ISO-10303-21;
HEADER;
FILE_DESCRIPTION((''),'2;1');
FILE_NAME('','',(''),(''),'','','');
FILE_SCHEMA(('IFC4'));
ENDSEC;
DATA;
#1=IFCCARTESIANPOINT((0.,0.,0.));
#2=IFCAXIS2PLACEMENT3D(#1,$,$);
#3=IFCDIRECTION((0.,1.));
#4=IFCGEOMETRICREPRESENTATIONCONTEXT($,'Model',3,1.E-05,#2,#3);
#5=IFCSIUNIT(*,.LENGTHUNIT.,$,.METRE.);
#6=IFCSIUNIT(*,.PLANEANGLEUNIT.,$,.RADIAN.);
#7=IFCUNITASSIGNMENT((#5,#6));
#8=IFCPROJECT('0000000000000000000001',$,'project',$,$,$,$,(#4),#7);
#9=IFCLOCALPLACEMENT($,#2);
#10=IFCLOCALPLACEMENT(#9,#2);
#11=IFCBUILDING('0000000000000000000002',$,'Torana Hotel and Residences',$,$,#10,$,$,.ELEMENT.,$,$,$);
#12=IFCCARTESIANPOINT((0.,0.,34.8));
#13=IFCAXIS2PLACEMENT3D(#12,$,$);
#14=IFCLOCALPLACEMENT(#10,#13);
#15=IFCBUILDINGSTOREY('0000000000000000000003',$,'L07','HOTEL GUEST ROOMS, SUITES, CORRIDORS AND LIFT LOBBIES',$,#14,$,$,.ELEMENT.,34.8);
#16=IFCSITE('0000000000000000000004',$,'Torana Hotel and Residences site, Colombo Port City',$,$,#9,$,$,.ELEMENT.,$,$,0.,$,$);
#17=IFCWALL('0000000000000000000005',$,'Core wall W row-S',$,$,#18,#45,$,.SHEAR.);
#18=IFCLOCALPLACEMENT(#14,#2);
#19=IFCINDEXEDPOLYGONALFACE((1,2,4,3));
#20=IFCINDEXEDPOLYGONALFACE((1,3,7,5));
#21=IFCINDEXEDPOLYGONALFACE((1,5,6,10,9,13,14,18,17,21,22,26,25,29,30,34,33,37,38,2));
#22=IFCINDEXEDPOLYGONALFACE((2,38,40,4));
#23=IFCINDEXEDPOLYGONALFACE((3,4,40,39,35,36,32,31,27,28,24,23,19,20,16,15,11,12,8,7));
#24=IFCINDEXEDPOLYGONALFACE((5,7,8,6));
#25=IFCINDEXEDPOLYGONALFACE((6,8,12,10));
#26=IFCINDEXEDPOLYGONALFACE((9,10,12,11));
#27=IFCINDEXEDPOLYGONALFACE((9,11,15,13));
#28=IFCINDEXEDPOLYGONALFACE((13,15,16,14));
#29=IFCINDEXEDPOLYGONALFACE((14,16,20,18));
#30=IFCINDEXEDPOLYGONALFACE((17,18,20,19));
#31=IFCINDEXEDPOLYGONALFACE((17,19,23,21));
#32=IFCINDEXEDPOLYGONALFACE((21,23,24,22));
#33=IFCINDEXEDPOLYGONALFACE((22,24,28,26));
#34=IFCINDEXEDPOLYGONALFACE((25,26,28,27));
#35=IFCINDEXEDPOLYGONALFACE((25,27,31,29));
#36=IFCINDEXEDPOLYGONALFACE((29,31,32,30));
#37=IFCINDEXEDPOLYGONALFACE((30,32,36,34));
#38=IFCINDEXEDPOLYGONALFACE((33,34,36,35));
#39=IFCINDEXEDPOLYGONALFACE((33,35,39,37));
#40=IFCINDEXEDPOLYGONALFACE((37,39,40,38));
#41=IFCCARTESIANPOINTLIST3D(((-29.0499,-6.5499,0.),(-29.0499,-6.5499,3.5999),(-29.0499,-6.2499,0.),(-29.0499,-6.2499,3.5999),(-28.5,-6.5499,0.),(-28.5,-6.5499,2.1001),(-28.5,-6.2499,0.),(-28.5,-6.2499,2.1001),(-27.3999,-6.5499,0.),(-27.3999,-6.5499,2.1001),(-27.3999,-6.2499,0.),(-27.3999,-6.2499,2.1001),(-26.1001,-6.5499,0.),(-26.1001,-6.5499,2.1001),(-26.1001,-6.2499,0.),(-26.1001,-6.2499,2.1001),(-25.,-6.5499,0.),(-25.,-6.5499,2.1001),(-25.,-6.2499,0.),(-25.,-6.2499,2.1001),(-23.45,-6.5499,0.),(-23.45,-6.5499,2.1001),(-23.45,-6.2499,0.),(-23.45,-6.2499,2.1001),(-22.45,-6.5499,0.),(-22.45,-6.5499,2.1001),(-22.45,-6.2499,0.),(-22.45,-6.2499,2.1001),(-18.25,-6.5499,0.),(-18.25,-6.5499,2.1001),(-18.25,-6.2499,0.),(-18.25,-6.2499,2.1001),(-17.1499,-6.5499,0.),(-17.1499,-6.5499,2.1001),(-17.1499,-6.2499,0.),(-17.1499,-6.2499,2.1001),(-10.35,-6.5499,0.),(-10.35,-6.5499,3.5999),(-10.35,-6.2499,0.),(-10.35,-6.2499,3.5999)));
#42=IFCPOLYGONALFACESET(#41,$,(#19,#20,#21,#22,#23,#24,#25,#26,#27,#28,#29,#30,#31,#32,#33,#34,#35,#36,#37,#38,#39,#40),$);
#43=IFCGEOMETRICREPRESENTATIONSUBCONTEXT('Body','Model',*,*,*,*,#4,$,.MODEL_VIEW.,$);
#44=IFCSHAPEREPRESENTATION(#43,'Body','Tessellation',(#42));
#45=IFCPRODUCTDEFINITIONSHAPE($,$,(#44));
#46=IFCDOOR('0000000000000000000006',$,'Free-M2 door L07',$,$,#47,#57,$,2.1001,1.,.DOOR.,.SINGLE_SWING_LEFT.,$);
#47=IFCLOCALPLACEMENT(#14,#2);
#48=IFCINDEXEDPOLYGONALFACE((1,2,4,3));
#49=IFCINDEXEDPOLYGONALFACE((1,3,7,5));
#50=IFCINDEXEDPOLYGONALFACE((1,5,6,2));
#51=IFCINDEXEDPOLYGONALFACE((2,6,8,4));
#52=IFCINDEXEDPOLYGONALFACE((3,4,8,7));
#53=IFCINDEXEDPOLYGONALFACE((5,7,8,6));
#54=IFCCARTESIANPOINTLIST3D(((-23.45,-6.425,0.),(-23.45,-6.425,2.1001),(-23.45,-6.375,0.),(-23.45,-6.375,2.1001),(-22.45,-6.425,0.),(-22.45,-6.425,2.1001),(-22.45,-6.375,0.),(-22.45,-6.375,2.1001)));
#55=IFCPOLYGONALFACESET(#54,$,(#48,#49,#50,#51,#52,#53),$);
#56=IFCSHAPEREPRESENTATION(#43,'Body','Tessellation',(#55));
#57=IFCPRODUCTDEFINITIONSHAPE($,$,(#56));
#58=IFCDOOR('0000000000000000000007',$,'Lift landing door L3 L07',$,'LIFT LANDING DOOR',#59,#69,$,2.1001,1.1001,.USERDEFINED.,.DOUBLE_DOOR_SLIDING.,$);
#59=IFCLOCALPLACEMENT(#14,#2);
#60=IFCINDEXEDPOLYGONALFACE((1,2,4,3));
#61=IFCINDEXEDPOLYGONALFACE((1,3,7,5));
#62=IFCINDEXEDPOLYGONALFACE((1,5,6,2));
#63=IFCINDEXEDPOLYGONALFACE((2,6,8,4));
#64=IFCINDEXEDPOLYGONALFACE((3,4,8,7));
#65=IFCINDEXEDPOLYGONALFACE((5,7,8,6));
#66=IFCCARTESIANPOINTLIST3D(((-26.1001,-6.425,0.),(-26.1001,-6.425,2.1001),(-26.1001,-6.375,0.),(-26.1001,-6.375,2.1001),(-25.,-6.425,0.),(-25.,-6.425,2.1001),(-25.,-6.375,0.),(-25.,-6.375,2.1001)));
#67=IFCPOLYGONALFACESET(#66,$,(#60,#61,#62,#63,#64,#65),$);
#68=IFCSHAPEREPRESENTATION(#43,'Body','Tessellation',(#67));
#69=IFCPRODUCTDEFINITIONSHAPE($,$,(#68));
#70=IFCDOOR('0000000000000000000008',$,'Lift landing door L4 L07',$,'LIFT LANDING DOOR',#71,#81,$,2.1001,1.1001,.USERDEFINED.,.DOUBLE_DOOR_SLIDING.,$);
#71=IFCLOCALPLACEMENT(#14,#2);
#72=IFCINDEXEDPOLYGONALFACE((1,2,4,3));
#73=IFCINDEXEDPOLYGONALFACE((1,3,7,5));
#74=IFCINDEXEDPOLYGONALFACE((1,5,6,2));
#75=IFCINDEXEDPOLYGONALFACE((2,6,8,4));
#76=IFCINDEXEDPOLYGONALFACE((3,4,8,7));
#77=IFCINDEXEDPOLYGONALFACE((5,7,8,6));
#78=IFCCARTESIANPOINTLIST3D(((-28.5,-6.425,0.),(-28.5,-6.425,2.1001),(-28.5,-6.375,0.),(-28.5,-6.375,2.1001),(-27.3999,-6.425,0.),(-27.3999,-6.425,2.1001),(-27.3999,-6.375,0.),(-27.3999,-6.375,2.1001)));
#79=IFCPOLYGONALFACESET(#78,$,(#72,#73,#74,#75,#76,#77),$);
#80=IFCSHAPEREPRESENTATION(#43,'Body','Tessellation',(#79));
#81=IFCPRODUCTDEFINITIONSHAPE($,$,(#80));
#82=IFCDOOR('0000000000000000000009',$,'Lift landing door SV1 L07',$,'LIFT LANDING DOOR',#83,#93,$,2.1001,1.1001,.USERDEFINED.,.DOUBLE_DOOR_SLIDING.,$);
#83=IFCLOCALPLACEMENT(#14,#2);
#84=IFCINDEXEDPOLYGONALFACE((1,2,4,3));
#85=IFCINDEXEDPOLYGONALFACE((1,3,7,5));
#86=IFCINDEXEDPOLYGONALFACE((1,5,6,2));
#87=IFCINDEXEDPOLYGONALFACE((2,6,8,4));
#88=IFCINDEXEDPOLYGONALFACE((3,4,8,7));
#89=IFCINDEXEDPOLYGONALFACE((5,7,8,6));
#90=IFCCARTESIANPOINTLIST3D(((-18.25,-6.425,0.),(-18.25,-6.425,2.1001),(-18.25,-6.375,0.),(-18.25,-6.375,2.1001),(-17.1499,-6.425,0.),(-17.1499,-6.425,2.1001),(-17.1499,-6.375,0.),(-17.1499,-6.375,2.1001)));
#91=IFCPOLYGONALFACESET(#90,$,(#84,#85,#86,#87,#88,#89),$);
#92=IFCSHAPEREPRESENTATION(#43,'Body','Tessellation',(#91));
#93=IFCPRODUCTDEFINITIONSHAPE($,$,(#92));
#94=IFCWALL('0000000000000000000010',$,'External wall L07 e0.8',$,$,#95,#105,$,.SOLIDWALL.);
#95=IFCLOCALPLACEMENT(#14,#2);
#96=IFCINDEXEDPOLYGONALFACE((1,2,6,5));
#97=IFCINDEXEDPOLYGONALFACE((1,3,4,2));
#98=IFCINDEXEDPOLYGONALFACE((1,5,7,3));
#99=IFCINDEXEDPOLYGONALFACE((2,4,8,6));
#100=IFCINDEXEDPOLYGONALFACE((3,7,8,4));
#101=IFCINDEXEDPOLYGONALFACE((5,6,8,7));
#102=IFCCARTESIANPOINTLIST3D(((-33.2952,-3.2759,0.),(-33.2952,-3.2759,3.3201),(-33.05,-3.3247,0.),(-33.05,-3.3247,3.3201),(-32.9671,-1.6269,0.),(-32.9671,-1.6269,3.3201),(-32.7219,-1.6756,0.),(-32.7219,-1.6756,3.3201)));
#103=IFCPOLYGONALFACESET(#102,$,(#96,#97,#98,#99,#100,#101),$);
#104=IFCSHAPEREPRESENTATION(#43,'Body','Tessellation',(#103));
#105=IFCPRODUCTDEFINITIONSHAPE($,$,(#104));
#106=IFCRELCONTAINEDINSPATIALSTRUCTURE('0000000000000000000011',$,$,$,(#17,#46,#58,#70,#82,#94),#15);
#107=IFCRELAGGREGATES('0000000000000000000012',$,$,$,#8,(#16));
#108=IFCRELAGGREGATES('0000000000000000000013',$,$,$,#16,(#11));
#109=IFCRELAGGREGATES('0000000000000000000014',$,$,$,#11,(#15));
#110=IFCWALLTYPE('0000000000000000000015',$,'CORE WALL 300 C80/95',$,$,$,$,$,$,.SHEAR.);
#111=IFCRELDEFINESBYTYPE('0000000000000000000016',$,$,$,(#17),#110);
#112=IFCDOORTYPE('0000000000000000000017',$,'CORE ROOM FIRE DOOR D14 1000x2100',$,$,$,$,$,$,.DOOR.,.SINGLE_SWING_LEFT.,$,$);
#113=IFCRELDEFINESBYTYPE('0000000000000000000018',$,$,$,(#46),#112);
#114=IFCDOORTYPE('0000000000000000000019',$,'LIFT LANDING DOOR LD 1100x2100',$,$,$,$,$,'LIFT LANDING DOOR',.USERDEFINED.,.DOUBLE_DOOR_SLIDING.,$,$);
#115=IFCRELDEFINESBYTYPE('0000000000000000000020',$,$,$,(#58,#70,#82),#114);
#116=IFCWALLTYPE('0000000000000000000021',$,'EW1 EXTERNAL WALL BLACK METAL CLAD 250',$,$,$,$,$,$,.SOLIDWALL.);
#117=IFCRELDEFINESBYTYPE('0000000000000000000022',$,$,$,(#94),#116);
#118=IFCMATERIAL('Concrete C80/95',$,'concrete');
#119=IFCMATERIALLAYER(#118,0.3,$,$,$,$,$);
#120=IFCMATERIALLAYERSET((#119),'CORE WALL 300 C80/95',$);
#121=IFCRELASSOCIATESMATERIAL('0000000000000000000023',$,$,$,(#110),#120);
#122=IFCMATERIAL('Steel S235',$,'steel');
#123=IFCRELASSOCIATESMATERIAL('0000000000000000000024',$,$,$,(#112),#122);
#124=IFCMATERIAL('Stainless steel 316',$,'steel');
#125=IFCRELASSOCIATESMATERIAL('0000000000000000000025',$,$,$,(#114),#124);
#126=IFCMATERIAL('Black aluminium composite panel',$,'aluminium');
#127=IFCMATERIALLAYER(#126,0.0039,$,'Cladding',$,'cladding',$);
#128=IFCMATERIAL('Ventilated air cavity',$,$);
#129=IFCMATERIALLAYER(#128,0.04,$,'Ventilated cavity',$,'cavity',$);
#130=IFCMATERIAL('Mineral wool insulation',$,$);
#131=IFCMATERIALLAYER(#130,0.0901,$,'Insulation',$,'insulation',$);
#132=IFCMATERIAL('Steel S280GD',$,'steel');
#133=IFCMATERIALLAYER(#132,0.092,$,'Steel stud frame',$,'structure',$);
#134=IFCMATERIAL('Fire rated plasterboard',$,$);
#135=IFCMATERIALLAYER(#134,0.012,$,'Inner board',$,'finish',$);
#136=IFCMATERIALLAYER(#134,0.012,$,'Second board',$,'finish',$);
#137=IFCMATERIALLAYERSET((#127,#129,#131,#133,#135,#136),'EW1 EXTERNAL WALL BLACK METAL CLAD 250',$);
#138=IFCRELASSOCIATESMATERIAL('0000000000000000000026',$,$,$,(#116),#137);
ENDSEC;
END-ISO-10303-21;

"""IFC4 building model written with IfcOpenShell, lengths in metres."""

from ifc_helpers import new_model, si_unit, direction, frame, frame_2d, origin, place, context, subcontext, project, spatial, rectangle, extrude, material, layer, layer_set, type_object, element, fill, save


model = new_model("IFC4")

# Units and contexts
model_context = context("Model", 3, precision=1e-05, world=origin(), true_north=direction((0.0, 1.0)))
body_context = subcontext(model_context, "Body", "Model", "MODEL_VIEW")
ifc_project = project(units=[si_unit("LENGTHUNIT", "METRE"), si_unit("PLANEANGLEUNIT", "RADIAN")], contexts=[model_context])

# Site, building, storey
site_placement = place(None, origin())
site = spatial("IfcSite", under=ifc_project, at=site_placement, Name="Torana Hotel and Residences site, Colombo Port City", CompositionType="ELEMENT", RefElevation=0.0)
building_placement = place(site_placement, origin())
building = spatial("IfcBuilding", under=site, at=building_placement, Name="Torana Hotel and Residences", CompositionType="ELEMENT")
storey_placement = place(building_placement, frame((0.0, 0.0, 34.8)))
storey = spatial("IfcBuildingStorey", under=building, at=storey_placement, Name="L07", Description="HOTEL GUEST ROOMS, SUITES, CORRIDORS AND LIFT LOBBIES", CompositionType="ELEMENT", Elevation=34.8)

# Wall, openings, doors
ifc_material_1 = material(Name="Concrete C80/95", Category="concrete")
ifc_layer_1 = layer(ifc_material_1, 0.3)
ifc_layer_set_1 = layer_set([ifc_layer_1], Name="CORE WALL 300 C80/95")
wall_type_1 = type_object("IfcWallType", Name="CORE WALL 300 C80/95", PredefinedType="SHEAR", material=ifc_layer_set_1)
ifc_material_2 = material(Name="Steel S235", Category="steel")
door_type_1 = type_object("IfcDoorType", Name="CORE ROOM FIRE DOOR D14 1000x2100", OperationType="SINGLE_SWING_LEFT", PredefinedType="DOOR", material=ifc_material_2)
ifc_material_3 = material(Name="Stainless steel 316", Category="steel")
door_type_2 = type_object("IfcDoorType", Name="LIFT LANDING DOOR LD 1100x2100", ElementType="LIFT LANDING DOOR", OperationType="DOUBLE_DOOR_SLIDING", PredefinedType="USERDEFINED", material=ifc_material_3)
wall_1_placement = place(storey_placement, frame((-29.05, -6.3999, 0.0), z_axis=(0.0, 0.0, 1.0), x_axis=(1.0, 0.0, 0.0)))
wall_1 = element("IfcWall", 1, at=wall_1_placement, inside=storey, type_object=wall_type_1, Name="Core wall W row-S", PredefinedType="SHEAR", context=body_context, shape_type="SweptSolid", body=[
    extrude(rectangle(XDim=18.7, YDim=0.3, at=frame_2d((9.3501, 0.0))), origin(), (0.0, 0.0, 1.0), 3.5999),
])
opening_1_placement = place(wall_1_placement, frame((2.95, 0.0, 0.0)))
opening_1 = element("IfcOpeningElement", 2, at=opening_1_placement, cuts=wall_1, PredefinedType="OPENING", context=body_context, shape_type="SweptSolid", body=[
    extrude(rectangle(XDim=1.1001, YDim=2.1001, at=frame_2d((0.55, 1.05))), frame((0.0, 0.1599, 0.0), z_axis=(0.0, -1.0, 0.0), x_axis=(1.0, 0.0, 0.0)), (0.0, 0.0, 1.0), 0.3201),
])
opening_2_placement = place(wall_1_placement, frame((0.55, 0.0, 0.0)))
opening_2 = element("IfcOpeningElement", 3, at=opening_2_placement, cuts=wall_1, PredefinedType="OPENING", context=body_context, shape_type="SweptSolid", body=[
    extrude(rectangle(XDim=1.1001, YDim=2.1001, at=frame_2d((0.55, 1.05))), frame((0.0, 0.1599, 0.0), z_axis=(0.0, -1.0, 0.0), x_axis=(1.0, 0.0, 0.0)), (0.0, 0.0, 1.0), 0.3201),
])
opening_3_placement = place(wall_1_placement, frame((10.8, 0.0, 0.0)))
opening_3 = element("IfcOpeningElement", 4, at=opening_3_placement, cuts=wall_1, PredefinedType="OPENING", context=body_context, shape_type="SweptSolid", body=[
    extrude(rectangle(XDim=1.1001, YDim=2.1001, at=frame_2d((0.55, 1.05))), frame((0.0, 0.1599, 0.0), z_axis=(0.0, -1.0, 0.0), x_axis=(1.0, 0.0, 0.0)), (0.0, 0.0, 1.0), 0.3201),
])
opening_4_placement = place(wall_1_placement, frame((5.6001, 0.0, 0.0)))
opening_4 = element("IfcOpeningElement", 5, at=opening_4_placement, cuts=wall_1, PredefinedType="OPENING", context=body_context, shape_type="SweptSolid", body=[
    extrude(rectangle(XDim=1.0, YDim=2.1001, at=frame_2d((0.5, 1.05))), frame((0.0, 0.1599, 0.0), z_axis=(0.0, -1.0, 0.0), x_axis=(1.0, 0.0, 0.0)), (0.0, 0.0, 1.0), 0.3201),
])
door_1_placement = place(opening_4_placement, frame((0.5, 0.0, 0.0), z_axis=(0.0, 0.0, 1.0), x_axis=(-1.0, 0.0, 0.0)))
door_1 = element("IfcDoor", 6, at=door_1_placement, inside=storey, type_object=door_type_1, Name="Free-M2 door L07", OperationType="SINGLE_SWING_LEFT", OverallHeight=2.1001, OverallWidth=1.0, PredefinedType="DOOR", context=body_context, shape_type="SweptSolid", body=[
    extrude(rectangle(XDim=1.0, YDim=2.1001, at=frame_2d((0.0, 1.05))), frame((0.0, -0.0249, 0.0), z_axis=(0.0, 1.0, 0.0), x_axis=(-1.0, 0.0, 0.0)), (0.0, 0.0, 1.0), 0.05),
])
fill(opening_4, door_1)
door_2_placement = place(opening_1_placement, origin())
door_2 = element("IfcDoor", 7, at=door_2_placement, inside=storey, type_object=door_type_2, Name="Lift landing door L3 L07", ObjectType="LIFT LANDING DOOR", OperationType="DOUBLE_DOOR_SLIDING", OverallHeight=2.1001, OverallWidth=1.1001, PredefinedType="USERDEFINED", context=body_context, shape_type="SweptSolid", body=[
    extrude(rectangle(XDim=1.1001, YDim=2.1001, at=frame_2d((0.55, 1.05))), frame((0.0, 0.0249, 0.0), z_axis=(0.0, -1.0, 0.0), x_axis=(1.0, 0.0, 0.0)), (0.0, 0.0, 1.0), 0.05),
])
fill(opening_1, door_2)
door_3_placement = place(opening_2_placement, origin())
door_3 = element("IfcDoor", 8, at=door_3_placement, inside=storey, type_object=door_type_2, Name="Lift landing door L4 L07", ObjectType="LIFT LANDING DOOR", OperationType="DOUBLE_DOOR_SLIDING", OverallHeight=2.1001, OverallWidth=1.1001, PredefinedType="USERDEFINED", context=body_context, shape_type="SweptSolid", body=[
    extrude(rectangle(XDim=1.1001, YDim=2.1001, at=frame_2d((0.55, 1.05))), frame((0.0, 0.0249, 0.0), z_axis=(0.0, -1.0, 0.0), x_axis=(1.0, 0.0, 0.0)), (0.0, 0.0, 1.0), 0.05),
])
fill(opening_2, door_3)
door_4_placement = place(opening_3_placement, origin())
door_4 = element("IfcDoor", 9, at=door_4_placement, inside=storey, type_object=door_type_2, Name="Lift landing door SV1 L07", ObjectType="LIFT LANDING DOOR", OperationType="DOUBLE_DOOR_SLIDING", OverallHeight=2.1001, OverallWidth=1.1001, PredefinedType="USERDEFINED", context=body_context, shape_type="SweptSolid", body=[
    extrude(rectangle(XDim=1.1001, YDim=2.1001, at=frame_2d((0.55, 1.05))), frame((0.0, 0.0249, 0.0), z_axis=(0.0, -1.0, 0.0), x_axis=(1.0, 0.0, 0.0)), (0.0, 0.0, 1.0), 0.05),
])
fill(opening_3, door_4)

# Wall
ifc_material_4 = material(Name="Black aluminium composite panel", Category="aluminium")
ifc_layer_2 = layer(ifc_material_4, 0.0039, Name="Cladding", Category="cladding")
ifc_material_5 = material(Name="Ventilated air cavity")
ifc_layer_3 = layer(ifc_material_5, 0.04, Name="Ventilated cavity", Category="cavity")
ifc_material_6 = material(Name="Mineral wool insulation")
ifc_layer_4 = layer(ifc_material_6, 0.0901, Name="Insulation", Category="insulation")
ifc_material_7 = material(Name="Steel S280GD", Category="steel")
ifc_layer_5 = layer(ifc_material_7, 0.092, Name="Steel stud frame", Category="structure")
ifc_material_8 = material(Name="Fire rated plasterboard")
ifc_layer_6 = layer(ifc_material_8, 0.012, Name="Inner board", Category="finish")
ifc_layer_7 = layer(ifc_material_8, 0.012, Name="Second board", Category="finish")
ifc_layer_set_2 = layer_set([ifc_layer_2, ifc_layer_3, ifc_layer_4, ifc_layer_5, ifc_layer_6, ifc_layer_7], Name="EW1 EXTERNAL WALL BLACK METAL CLAD 250")
wall_type_2 = type_object("IfcWallType", Name="EW1 EXTERNAL WALL BLACK METAL CLAD 250", PredefinedType="SOLIDWALL", material=ifc_layer_set_2)
wall_2_placement = place(storey_placement, frame((-32.8445, -1.6511, 0.0), z_axis=(0.0, 0.0, 1.0), x_axis=(-0.195139, -0.980776, 0.0)))
element("IfcWall", 10, at=wall_2_placement, inside=storey, type_object=wall_type_2, Name="External wall L07 e0.8", PredefinedType="SOLIDWALL", context=body_context, shape_type="SweptSolid", body=[
    extrude(rectangle(XDim=1.6814, YDim=0.25, at=frame_2d((0.8408, 0.0))), origin(), (0.0, 0.0, 1.0), 3.3201),
])

save(model, "model.ifc")
